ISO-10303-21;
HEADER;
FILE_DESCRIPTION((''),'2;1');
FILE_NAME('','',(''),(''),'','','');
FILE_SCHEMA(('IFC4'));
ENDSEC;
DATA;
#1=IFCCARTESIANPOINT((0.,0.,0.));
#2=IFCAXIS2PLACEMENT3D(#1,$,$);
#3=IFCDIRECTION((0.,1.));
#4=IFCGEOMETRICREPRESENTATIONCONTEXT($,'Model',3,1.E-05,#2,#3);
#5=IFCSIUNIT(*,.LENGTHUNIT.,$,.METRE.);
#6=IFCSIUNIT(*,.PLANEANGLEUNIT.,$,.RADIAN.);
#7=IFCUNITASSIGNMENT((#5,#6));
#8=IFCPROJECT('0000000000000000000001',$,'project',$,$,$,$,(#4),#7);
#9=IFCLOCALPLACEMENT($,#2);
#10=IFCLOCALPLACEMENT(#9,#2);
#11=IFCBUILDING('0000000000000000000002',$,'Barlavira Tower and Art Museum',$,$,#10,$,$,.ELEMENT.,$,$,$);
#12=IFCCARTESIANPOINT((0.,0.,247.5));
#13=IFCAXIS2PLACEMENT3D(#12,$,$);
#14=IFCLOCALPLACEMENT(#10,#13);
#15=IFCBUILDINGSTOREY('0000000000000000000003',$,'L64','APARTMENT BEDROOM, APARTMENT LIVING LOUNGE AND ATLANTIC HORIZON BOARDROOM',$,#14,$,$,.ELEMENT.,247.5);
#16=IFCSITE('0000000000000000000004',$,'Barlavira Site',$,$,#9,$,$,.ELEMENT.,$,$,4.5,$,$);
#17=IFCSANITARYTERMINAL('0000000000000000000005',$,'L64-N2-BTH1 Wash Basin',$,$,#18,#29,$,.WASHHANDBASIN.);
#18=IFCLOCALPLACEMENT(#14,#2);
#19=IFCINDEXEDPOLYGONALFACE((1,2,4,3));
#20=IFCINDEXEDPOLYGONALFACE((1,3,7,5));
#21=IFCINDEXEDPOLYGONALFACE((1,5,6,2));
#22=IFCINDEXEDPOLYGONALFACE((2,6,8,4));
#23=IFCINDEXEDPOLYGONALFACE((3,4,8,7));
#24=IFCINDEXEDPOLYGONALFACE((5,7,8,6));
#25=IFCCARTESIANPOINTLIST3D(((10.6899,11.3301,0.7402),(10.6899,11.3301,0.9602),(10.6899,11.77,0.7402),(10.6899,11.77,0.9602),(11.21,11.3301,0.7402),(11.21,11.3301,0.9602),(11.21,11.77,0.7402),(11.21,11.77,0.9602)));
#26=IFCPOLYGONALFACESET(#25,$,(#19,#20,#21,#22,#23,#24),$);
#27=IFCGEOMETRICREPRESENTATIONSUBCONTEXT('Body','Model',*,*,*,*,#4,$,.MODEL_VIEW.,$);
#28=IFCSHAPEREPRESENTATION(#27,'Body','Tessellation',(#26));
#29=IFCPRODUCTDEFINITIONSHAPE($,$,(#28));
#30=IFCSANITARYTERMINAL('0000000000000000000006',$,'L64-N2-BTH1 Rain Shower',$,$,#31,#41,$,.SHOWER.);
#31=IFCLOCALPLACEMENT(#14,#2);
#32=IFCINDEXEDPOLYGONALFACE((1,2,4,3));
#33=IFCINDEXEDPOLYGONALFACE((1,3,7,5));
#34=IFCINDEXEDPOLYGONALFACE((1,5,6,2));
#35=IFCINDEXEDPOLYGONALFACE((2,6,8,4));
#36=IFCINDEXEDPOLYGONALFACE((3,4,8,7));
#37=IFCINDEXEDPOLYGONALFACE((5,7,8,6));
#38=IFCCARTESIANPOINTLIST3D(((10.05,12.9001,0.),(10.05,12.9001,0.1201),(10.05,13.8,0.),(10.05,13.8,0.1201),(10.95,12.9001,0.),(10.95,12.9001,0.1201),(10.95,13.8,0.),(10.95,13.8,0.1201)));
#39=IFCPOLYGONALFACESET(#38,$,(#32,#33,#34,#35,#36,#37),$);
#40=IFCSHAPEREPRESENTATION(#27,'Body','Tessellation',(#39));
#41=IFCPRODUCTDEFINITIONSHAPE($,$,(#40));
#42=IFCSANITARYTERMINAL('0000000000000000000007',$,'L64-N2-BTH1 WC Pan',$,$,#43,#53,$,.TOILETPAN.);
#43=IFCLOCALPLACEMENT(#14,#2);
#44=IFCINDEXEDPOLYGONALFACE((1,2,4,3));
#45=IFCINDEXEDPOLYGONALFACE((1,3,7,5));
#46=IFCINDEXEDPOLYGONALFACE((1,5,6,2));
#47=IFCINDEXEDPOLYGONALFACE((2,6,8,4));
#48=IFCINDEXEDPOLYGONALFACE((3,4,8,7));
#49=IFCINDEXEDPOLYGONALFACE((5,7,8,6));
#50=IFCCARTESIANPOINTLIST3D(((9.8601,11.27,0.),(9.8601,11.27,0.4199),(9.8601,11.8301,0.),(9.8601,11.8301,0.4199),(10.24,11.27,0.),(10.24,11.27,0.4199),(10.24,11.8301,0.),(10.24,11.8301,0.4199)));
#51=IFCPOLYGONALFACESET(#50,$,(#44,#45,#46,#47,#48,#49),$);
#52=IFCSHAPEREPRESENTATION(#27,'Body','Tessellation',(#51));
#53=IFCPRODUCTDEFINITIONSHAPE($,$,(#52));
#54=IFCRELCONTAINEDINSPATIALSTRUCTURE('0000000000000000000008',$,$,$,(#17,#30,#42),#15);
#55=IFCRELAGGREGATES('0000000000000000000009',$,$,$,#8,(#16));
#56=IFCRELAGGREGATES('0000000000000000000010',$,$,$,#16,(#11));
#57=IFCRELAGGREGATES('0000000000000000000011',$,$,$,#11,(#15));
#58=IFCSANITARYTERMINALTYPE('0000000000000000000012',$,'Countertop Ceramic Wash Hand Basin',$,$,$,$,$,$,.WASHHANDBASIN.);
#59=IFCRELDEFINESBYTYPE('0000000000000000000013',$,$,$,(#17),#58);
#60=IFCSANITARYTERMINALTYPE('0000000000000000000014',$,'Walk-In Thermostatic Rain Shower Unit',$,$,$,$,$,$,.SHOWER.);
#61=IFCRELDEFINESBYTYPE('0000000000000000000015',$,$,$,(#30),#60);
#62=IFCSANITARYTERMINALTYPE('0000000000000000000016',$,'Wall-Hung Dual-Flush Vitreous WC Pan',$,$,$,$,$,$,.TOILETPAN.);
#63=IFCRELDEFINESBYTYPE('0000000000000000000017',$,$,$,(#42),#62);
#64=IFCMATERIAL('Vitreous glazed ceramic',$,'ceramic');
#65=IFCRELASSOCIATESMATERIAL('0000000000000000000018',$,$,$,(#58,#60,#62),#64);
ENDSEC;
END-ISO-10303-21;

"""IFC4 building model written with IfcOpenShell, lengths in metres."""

from ifc_helpers import new_model, si_unit, direction, frame, origin, origin_2d, place, context, subcontext, project, spatial, rectangle, extrude, material, type_object, element, save


model = new_model("IFC4")

# Units and contexts
model_context = context("Model", 3, precision=1e-05, world=origin(), true_north=direction((0.0, 1.0)))
body_context = subcontext(model_context, "Body", "Model", "MODEL_VIEW")
ifc_project = project(units=[si_unit("LENGTHUNIT", "METRE"), si_unit("PLANEANGLEUNIT", "RADIAN")], contexts=[model_context])

# Site, building, storey
site_placement = place(None, origin())
site = spatial("IfcSite", under=ifc_project, at=site_placement, Name="Barlavira Site", CompositionType="ELEMENT", RefElevation=4.5)
building_placement = place(site_placement, origin())
building = spatial("IfcBuilding", under=site, at=building_placement, Name="Barlavira Tower and Art Museum", CompositionType="ELEMENT")
storey_placement = place(building_placement, frame((0.0, 0.0, 247.5)))
storey = spatial("IfcBuildingStorey", under=building, at=storey_placement, Name="L64", Description="APARTMENT BEDROOM, APARTMENT LIVING LOUNGE AND ATLANTIC HORIZON BOARDROOM", CompositionType="ELEMENT", Elevation=247.5)

# Sanitary terminals
ifc_material_1 = material(Name="Vitreous glazed ceramic", Category="ceramic")
sanitary_terminal_type_1 = type_object("IfcSanitaryTerminalType", Name="Countertop Ceramic Wash Hand Basin", PredefinedType="WASHHANDBASIN", material=ifc_material_1)
sanitary_terminal_1_placement = place(storey_placement, frame((10.95, 11.55, 0.7402), z_axis=(0.0, 0.0, 1.0), x_axis=(1.0, 0.0, 0.0)))
element("IfcSanitaryTerminal", 1, at=sanitary_terminal_1_placement, inside=storey, type_object=sanitary_terminal_type_1, Name="L64-N2-BTH1 Wash Basin", PredefinedType="WASHHANDBASIN", context=body_context, shape_type="SweptSolid", body=[
    extrude(rectangle(XDim=0.52, YDim=0.4399, at=origin_2d()), origin(), (0.0, 0.0, 1.0), 0.22),
])
sanitary_terminal_type_2 = type_object("IfcSanitaryTerminalType", Name="Walk-In Thermostatic Rain Shower Unit", PredefinedType="SHOWER", material=ifc_material_1)
sanitary_terminal_2_placement = place(storey_placement, frame((10.5, 13.3501, 0.0), z_axis=(0.0, 0.0, 1.0), x_axis=(1.0, 0.0, 0.0)))
element("IfcSanitaryTerminal", 2, at=sanitary_terminal_2_placement, inside=storey, type_object=sanitary_terminal_type_2, Name="L64-N2-BTH1 Rain Shower", PredefinedType="SHOWER", context=body_context, shape_type="SweptSolid", body=[
    extrude(rectangle(XDim=0.8999, YDim=0.8999, at=origin_2d()), origin(), (0.0, 0.0, 1.0), 0.1201),
])
sanitary_terminal_type_3 = type_object("IfcSanitaryTerminalType", Name="Wall-Hung Dual-Flush Vitreous WC Pan", PredefinedType="TOILETPAN", material=ifc_material_1)
sanitary_terminal_3_placement = place(storey_placement, frame((10.05, 11.55, 0.0), z_axis=(0.0, 0.0, 1.0), x_axis=(1.0, 0.0, 0.0)))
element("IfcSanitaryTerminal", 3, at=sanitary_terminal_3_placement, inside=storey, type_object=sanitary_terminal_type_3, Name="L64-N2-BTH1 WC Pan", PredefinedType="TOILETPAN", context=body_context, shape_type="SweptSolid", body=[
    extrude(rectangle(XDim=0.3799, YDim=0.5601, at=origin_2d()), origin(), (0.0, 0.0, 1.0), 0.4199),
])

save(model, "model.ifc")
